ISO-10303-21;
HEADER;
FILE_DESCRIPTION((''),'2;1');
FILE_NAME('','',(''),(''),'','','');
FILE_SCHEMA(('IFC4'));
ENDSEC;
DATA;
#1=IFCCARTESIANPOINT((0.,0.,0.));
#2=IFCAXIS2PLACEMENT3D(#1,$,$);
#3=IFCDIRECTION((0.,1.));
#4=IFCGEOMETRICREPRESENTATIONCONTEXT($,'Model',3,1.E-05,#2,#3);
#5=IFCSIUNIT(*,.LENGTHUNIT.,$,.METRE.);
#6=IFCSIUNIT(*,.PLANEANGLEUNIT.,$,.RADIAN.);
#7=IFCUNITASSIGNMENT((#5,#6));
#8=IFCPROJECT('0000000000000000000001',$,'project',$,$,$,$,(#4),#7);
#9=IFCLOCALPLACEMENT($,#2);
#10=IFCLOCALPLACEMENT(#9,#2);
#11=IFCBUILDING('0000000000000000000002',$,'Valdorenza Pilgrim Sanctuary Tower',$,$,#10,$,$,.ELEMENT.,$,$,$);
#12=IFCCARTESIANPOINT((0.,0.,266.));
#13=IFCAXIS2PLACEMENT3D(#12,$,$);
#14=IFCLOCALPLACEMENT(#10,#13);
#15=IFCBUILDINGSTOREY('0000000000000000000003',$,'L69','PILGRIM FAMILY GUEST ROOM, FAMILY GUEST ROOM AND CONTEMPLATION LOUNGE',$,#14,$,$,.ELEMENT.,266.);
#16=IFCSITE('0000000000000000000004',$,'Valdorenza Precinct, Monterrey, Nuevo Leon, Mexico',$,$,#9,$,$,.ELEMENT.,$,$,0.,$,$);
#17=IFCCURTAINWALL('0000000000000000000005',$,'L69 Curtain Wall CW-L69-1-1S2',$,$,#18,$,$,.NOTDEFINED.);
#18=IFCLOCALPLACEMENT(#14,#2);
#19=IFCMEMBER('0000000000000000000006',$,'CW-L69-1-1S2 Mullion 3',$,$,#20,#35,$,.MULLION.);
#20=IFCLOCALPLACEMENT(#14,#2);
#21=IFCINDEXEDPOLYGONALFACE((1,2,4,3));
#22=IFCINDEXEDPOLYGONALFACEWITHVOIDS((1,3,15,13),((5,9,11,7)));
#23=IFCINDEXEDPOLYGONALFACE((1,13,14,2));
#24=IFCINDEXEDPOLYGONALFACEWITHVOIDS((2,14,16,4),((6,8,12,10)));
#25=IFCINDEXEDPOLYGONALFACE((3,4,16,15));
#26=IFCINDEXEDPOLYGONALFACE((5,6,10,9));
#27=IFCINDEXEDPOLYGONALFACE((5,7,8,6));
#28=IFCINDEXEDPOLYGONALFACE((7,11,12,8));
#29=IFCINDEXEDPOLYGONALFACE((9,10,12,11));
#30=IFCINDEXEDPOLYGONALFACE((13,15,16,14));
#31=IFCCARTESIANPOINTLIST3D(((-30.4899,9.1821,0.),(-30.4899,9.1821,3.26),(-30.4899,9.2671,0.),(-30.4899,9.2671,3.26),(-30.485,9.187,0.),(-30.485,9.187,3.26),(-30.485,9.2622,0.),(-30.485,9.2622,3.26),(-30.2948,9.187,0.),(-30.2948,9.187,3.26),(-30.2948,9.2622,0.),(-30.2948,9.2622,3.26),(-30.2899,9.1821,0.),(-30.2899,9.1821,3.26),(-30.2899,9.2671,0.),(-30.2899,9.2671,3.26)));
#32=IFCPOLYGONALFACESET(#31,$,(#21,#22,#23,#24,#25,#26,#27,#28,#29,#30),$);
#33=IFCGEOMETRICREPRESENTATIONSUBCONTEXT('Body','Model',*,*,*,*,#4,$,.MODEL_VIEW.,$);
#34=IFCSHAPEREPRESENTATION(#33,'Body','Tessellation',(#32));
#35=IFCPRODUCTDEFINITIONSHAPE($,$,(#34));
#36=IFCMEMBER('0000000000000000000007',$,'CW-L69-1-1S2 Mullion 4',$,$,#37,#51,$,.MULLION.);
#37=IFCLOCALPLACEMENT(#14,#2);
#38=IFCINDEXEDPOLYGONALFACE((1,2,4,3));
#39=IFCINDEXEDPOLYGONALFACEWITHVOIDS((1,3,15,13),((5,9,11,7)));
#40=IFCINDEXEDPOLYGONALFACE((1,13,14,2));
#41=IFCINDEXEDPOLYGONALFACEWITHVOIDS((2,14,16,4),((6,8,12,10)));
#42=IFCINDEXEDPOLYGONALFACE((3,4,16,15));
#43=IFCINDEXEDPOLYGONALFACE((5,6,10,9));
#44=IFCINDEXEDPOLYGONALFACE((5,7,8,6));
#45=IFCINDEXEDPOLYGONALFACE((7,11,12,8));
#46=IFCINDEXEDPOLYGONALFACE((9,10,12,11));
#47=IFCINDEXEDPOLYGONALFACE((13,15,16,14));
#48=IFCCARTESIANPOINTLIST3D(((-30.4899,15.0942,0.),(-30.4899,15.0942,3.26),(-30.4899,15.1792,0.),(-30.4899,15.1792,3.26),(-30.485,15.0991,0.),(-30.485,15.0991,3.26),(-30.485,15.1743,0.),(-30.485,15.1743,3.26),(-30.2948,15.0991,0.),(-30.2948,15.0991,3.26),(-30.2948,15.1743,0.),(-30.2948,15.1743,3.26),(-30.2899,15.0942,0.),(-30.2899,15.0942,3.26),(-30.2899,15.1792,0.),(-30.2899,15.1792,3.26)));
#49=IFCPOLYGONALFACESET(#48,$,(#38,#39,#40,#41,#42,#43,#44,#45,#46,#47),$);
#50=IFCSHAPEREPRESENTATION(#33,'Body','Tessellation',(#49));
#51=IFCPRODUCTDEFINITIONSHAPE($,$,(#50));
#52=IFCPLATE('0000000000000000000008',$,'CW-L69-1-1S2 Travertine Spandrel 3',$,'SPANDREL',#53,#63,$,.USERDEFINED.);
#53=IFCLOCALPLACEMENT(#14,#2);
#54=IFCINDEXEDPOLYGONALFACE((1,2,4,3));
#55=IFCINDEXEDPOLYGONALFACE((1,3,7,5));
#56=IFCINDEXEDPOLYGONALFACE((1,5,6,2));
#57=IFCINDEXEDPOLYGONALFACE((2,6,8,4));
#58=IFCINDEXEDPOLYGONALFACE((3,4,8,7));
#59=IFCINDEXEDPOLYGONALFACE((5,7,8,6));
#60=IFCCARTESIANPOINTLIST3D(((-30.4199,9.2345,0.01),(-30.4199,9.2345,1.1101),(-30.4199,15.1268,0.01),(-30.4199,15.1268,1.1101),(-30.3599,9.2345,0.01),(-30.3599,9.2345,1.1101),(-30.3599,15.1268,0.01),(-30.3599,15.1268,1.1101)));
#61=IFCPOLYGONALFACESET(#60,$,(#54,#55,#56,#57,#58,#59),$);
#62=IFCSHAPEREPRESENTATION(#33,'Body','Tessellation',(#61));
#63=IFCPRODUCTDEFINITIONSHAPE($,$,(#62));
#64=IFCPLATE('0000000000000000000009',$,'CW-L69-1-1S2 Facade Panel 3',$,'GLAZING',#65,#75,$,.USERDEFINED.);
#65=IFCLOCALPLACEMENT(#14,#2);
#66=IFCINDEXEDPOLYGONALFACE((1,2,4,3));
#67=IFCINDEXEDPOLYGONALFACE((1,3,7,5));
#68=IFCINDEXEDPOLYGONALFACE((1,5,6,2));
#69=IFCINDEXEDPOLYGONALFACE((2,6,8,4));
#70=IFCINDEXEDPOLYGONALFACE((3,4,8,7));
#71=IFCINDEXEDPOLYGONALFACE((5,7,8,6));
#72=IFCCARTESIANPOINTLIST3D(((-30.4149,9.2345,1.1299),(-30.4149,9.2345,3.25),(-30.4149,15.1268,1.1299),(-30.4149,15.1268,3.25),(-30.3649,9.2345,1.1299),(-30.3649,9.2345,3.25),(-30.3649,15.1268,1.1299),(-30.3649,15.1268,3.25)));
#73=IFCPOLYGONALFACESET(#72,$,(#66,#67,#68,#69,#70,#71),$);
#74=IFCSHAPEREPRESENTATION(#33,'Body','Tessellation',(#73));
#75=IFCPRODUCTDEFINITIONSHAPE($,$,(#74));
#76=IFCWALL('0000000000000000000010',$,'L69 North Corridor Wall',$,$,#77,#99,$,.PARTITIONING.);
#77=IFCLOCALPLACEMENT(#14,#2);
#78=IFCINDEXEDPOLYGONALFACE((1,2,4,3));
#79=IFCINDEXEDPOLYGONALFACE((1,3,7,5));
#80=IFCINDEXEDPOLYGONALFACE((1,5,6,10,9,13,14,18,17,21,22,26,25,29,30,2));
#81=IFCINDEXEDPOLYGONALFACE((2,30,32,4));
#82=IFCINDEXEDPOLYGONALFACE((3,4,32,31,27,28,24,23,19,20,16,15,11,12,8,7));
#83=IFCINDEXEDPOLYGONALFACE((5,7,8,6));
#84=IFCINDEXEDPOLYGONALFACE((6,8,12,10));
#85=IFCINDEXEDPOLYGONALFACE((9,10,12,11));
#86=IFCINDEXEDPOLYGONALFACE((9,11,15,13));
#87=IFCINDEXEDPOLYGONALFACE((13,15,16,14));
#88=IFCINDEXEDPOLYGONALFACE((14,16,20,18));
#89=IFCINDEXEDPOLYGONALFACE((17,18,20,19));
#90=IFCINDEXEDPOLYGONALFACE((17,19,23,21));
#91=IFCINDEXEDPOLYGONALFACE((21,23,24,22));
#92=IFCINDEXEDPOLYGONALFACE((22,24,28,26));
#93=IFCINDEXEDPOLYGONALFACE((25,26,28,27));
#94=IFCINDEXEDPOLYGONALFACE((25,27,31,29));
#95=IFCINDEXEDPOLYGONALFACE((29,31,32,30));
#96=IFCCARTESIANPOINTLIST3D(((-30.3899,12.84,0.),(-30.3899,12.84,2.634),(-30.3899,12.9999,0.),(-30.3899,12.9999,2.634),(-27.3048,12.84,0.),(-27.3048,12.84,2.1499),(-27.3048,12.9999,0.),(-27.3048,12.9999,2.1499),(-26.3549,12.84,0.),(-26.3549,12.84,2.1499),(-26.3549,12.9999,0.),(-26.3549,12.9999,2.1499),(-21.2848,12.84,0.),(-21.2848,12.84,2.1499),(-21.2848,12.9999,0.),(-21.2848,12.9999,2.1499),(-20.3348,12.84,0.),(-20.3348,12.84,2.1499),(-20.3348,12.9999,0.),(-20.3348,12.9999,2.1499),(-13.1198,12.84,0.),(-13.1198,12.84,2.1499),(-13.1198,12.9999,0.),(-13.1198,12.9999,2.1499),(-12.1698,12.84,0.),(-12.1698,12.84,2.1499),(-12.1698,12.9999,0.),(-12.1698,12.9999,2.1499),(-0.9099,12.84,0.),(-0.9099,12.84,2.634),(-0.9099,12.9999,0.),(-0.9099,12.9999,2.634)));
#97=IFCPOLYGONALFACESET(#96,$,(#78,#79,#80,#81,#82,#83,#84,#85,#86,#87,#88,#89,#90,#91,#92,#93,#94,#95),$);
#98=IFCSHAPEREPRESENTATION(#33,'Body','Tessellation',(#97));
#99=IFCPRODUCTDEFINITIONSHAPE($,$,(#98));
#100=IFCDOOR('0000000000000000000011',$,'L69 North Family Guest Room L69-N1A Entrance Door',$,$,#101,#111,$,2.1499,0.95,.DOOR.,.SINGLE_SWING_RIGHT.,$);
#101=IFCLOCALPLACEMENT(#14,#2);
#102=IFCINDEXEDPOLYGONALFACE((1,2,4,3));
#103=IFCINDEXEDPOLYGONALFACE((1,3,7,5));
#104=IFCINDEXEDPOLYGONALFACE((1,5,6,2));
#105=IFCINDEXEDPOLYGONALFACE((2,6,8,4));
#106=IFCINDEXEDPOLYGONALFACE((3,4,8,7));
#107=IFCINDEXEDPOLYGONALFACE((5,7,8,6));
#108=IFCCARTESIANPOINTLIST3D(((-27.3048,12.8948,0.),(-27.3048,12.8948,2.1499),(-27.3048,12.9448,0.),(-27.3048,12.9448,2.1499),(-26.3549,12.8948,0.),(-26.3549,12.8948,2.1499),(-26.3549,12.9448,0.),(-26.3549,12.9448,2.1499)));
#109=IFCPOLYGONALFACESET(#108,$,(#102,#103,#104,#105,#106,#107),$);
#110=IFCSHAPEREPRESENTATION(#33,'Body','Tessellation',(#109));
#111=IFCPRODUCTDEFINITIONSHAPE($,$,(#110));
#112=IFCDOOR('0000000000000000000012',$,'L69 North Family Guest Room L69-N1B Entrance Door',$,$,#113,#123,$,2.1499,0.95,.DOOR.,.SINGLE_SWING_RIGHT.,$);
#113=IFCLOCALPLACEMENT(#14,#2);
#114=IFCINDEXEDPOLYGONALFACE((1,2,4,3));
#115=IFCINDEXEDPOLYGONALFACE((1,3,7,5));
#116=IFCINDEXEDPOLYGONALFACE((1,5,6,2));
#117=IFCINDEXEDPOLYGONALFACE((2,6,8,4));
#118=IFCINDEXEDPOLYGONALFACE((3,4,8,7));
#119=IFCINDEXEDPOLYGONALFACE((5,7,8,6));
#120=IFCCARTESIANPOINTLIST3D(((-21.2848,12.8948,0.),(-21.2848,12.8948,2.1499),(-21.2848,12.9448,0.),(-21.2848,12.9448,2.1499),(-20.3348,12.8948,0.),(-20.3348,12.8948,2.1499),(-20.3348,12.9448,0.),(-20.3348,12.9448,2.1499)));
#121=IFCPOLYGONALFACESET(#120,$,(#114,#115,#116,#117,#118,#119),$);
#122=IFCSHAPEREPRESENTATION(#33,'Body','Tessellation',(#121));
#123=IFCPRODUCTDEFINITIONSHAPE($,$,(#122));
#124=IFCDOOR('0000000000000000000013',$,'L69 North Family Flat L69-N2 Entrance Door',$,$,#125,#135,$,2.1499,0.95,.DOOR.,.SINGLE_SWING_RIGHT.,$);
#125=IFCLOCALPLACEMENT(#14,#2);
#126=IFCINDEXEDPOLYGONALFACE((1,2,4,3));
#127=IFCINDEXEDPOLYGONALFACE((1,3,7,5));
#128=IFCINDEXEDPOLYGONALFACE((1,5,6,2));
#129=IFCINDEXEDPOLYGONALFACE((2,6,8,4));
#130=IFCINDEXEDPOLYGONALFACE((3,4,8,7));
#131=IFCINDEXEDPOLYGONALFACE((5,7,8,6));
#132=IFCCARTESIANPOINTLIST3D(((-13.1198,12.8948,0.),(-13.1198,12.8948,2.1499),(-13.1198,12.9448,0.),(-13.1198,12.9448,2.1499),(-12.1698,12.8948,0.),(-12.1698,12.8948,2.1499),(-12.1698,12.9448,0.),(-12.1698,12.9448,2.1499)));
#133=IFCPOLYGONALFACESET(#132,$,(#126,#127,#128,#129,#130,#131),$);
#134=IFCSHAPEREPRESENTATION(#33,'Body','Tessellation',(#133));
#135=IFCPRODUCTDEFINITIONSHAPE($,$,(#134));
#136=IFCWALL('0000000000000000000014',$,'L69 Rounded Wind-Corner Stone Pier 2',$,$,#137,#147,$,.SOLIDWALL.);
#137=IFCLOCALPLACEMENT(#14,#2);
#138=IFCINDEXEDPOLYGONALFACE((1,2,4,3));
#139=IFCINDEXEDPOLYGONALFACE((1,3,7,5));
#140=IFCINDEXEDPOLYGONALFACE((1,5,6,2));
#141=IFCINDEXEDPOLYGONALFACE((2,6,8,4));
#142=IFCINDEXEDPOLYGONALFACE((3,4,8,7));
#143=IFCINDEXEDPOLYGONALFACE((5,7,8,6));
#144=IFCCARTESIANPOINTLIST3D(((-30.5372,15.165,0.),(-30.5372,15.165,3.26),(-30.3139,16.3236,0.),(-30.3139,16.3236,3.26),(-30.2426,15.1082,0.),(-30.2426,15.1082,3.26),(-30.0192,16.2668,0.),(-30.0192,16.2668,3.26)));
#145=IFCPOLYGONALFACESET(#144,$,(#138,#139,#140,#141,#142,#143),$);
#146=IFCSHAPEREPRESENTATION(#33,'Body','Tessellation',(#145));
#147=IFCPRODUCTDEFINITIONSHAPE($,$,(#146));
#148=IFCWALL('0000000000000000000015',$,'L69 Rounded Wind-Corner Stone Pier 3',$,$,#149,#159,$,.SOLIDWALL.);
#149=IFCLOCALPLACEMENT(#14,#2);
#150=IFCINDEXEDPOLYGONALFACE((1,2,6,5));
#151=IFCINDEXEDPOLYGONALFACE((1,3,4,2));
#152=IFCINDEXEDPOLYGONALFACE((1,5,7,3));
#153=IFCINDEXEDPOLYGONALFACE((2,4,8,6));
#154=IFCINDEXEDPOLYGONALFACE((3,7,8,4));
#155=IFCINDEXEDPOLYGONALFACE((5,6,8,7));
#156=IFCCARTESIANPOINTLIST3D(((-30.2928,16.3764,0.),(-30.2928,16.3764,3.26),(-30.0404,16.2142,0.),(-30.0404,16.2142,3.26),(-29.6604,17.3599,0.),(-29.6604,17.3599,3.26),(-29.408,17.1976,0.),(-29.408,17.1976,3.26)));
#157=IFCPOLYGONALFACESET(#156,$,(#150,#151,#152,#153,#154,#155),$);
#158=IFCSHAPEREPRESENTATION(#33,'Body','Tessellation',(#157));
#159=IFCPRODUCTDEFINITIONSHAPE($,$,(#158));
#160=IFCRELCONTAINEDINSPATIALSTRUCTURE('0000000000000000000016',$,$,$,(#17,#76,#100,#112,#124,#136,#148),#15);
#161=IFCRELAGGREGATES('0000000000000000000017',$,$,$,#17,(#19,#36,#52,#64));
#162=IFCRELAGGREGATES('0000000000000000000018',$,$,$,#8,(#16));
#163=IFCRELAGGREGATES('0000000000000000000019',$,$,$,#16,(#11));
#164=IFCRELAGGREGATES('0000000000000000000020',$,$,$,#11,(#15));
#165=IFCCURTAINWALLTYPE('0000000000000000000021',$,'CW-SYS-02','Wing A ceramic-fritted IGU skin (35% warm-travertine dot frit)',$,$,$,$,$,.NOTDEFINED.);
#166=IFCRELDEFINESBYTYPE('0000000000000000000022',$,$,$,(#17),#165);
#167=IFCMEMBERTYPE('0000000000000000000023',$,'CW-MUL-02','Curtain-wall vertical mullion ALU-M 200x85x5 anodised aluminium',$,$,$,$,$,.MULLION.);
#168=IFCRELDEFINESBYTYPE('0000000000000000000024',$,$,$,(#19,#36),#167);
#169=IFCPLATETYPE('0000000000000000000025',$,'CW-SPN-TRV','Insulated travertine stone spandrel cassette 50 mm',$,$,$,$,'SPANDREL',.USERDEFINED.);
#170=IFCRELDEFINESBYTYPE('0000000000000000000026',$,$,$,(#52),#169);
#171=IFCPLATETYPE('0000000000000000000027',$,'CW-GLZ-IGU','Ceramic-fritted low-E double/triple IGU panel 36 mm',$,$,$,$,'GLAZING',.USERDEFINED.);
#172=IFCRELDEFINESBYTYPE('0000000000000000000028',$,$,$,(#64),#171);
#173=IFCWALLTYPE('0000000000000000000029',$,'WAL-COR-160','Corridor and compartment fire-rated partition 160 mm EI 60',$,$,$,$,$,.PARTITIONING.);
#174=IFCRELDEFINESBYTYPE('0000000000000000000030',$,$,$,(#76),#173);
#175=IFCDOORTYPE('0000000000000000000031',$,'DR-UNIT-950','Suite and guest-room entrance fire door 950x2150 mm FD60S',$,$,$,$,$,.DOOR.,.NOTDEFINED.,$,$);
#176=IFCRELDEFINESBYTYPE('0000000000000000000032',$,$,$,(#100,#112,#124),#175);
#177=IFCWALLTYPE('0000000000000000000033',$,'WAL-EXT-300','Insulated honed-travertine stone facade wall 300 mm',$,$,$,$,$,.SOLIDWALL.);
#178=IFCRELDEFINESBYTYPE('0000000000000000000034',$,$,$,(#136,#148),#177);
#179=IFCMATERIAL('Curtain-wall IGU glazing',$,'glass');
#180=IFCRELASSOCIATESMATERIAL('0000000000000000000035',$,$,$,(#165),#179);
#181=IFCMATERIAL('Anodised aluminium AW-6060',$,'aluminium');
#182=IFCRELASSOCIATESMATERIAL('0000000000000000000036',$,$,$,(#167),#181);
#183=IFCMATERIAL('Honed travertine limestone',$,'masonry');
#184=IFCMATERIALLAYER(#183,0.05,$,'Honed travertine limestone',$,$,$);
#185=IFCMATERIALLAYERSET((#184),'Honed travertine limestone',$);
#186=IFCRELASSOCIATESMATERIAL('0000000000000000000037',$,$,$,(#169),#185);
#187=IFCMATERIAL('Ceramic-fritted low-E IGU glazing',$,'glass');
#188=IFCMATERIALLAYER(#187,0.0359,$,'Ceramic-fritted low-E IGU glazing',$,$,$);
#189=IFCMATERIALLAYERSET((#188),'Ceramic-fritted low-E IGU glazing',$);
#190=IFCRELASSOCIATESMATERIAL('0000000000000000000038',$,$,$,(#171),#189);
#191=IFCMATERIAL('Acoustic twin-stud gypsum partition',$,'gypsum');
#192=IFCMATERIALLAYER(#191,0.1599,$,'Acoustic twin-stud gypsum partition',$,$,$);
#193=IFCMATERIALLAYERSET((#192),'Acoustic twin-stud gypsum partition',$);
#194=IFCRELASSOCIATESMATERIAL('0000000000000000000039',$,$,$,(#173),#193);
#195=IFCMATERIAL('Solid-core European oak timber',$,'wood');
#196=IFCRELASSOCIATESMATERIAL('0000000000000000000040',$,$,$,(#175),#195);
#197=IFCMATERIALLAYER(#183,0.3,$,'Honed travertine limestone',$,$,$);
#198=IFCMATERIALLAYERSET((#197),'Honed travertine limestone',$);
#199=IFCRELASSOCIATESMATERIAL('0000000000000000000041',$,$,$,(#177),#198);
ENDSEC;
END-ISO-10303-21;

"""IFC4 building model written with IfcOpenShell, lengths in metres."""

from ifc_helpers import new_model, si_unit, direction, frame, frame_2d, origin, origin_2d, place, context, subcontext, project, spatial, rectangle, hollow_rectangle, extrude, source, transform, mapped, material, layer, layer_set, material_profile, profile_set, type_object, element, fill, aggregate, save


model = new_model("IFC4")

# Units and contexts
model_context = context("Model", 3, precision=1e-05, world=origin(), true_north=direction((0.0, 1.0)))
body_context = subcontext(model_context, "Body", "Model", "MODEL_VIEW")
ifc_project = project(units=[si_unit("LENGTHUNIT", "METRE"), si_unit("PLANEANGLEUNIT", "RADIAN")], contexts=[model_context])

# Site, building, storey
site_placement = place(None, origin())
site = spatial("IfcSite", under=ifc_project, at=site_placement, Name="Valdorenza Precinct, Monterrey, Nuevo Leon, Mexico", CompositionType="ELEMENT", RefElevation=0.0)
building_placement = place(site_placement, origin())
building = spatial("IfcBuilding", under=site, at=building_placement, Name="Valdorenza Pilgrim Sanctuary Tower", CompositionType="ELEMENT")
storey_placement = place(building_placement, frame((0.0, 0.0, 266.0)))
storey = spatial("IfcBuildingStorey", under=building, at=storey_placement, Name="L69", Description="PILGRIM FAMILY GUEST ROOM, FAMILY GUEST ROOM AND CONTEMPLATION LOUNGE", CompositionType="ELEMENT", Elevation=266.0)

# Curtain wall, members, plates
ifc_material_1 = material(Name="Curtain-wall IGU glazing", Category="glass")
curtain_wall_type = type_object("IfcCurtainWallType", Name="CW-SYS-02", Description="Wing A ceramic-fritted IGU skin (35% warm-travertine dot frit)", PredefinedType="NOTDEFINED", material=ifc_material_1)
curtain_wall_placement = place(storey_placement, origin())
curtain_wall = element("IfcCurtainWall", 1, at=curtain_wall_placement, inside=storey, type_object=curtain_wall_type, Name="L69 Curtain Wall CW-L69-1-1S2", PredefinedType="NOTDEFINED")
ifc_material_2 = material(Name="Anodised aluminium AW-6060", Category="aluminium")
ifc_material_profile_1 = material_profile(ifc_material_2, hollow_rectangle(XDim=0.085, YDim=0.2, WallThickness=0.0049, at=origin_2d()), Name="ALU-M 200x85x5")
ifc_profile_set_1 = profile_set([ifc_material_profile_1], Name="Anodised aluminium AW-6060")
member_type = type_object("IfcMemberType", Name="CW-MUL-02", Description="Curtain-wall vertical mullion ALU-M 200x85x5 anodised aluminium", PredefinedType="MULLION", material=ifc_profile_set_1)
shared_shape_1 = source(origin(), body_context, "Body", "SweptSolid", [
    extrude(hollow_rectangle(XDim=0.085, YDim=0.2, WallThickness=0.0049, at=origin_2d()), origin(), (0.0, 0.0, 1.0), 3.26),
])
member_1_placement = place(storey_placement, frame((-30.3899, 9.2246, 0.0), z_axis=(0.0, 0.0, 1.0), x_axis=(0.0, 1.0, 0.0)))
member_1 = element("IfcMember", 2, at=member_1_placement, type_object=member_type, Name="CW-L69-1-1S2 Mullion 3", PredefinedType="MULLION", context=body_context, shape_type="MappedRepresentation", body=[
    mapped(shared_shape_1, transform((0.0, 0.0, 0.0), x_axis=(1.0, 0.0, 0.0), y_axis=(0.0, 1.0, 0.0), z_axis=(0.0, 0.0, 1.0), scale=1.0)),
])
member_2_placement = place(storey_placement, frame((-30.3899, 15.1367, 0.0), z_axis=(0.0, 0.0, 1.0), x_axis=(0.0, 1.0, 0.0)))
member_2 = element("IfcMember", 3, at=member_2_placement, type_object=member_type, Name="CW-L69-1-1S2 Mullion 4", PredefinedType="MULLION", context=body_context, shape_type="MappedRepresentation", body=[
    mapped(shared_shape_1, transform((0.0, 0.0, 0.0), x_axis=(1.0, 0.0, 0.0), y_axis=(0.0, 1.0, 0.0), z_axis=(0.0, 0.0, 1.0), scale=1.0)),
])
ifc_material_3 = material(Name="Honed travertine limestone", Category="masonry")
ifc_layer_1 = layer(ifc_material_3, 0.05, Name="Honed travertine limestone")
ifc_layer_set_1 = layer_set([ifc_layer_1], Name="Honed travertine limestone")
plate_type_1 = type_object("IfcPlateType", Name="CW-SPN-TRV", Description="Insulated travertine stone spandrel cassette 50 mm", ElementType="SPANDREL", PredefinedType="USERDEFINED", material=ifc_layer_set_1)
shared_shape_2 = source(origin(), body_context, "Body", "SweptSolid", [
    extrude(rectangle(XDim=5.8923, YDim=0.0601, at=origin_2d()), origin(), (0.0, 0.0, 1.0), 1.1001),
])
plate_1_placement = place(storey_placement, frame((-30.3899, 12.1807, 0.01), z_axis=(0.0, 0.0, 1.0), x_axis=(0.0, 1.0, 0.0)))
plate_1 = element("IfcPlate", 4, at=plate_1_placement, type_object=plate_type_1, Name="CW-L69-1-1S2 Travertine Spandrel 3", ObjectType="SPANDREL", PredefinedType="USERDEFINED", context=body_context, shape_type="MappedRepresentation", body=[
    mapped(shared_shape_2, transform((0.0, 0.0, 0.0), x_axis=(1.0, 0.0, 0.0), y_axis=(0.0, 1.0, 0.0), z_axis=(0.0, 0.0, 1.0), scale=1.0)),
])
ifc_material_4 = material(Name="Ceramic-fritted low-E IGU glazing", Category="glass")
ifc_layer_2 = layer(ifc_material_4, 0.0359, Name="Ceramic-fritted low-E IGU glazing")
ifc_layer_set_2 = layer_set([ifc_layer_2], Name="Ceramic-fritted low-E IGU glazing")
plate_type_2 = type_object("IfcPlateType", Name="CW-GLZ-IGU", Description="Ceramic-fritted low-E double/triple IGU panel 36 mm", ElementType="GLAZING", PredefinedType="USERDEFINED", material=ifc_layer_set_2)
shared_shape_3 = source(origin(), body_context, "Body", "SweptSolid", [
    extrude(rectangle(XDim=5.8923, YDim=0.05, at=origin_2d()), origin(), (0.0, 0.0, 1.0), 2.1201),
])
plate_2_placement = place(storey_placement, frame((-30.3899, 12.1807, 1.1299), z_axis=(0.0, 0.0, 1.0), x_axis=(0.0, 1.0, 0.0)))
plate_2 = element("IfcPlate", 5, at=plate_2_placement, type_object=plate_type_2, Name="CW-L69-1-1S2 Facade Panel 3", ObjectType="GLAZING", PredefinedType="USERDEFINED", context=body_context, shape_type="MappedRepresentation", body=[
    mapped(shared_shape_3, transform((0.0, 0.0, 0.0), x_axis=(1.0, 0.0, 0.0), y_axis=(0.0, 1.0, 0.0), z_axis=(0.0, 0.0, 1.0), scale=1.0)),
])
aggregate(curtain_wall, [member_1, member_2, plate_1, plate_2])

# Wall, openings, doors
ifc_material_5 = material(Name="Acoustic twin-stud gypsum partition", Category="gypsum")
ifc_layer_3 = layer(ifc_material_5, 0.1599, Name="Acoustic twin-stud gypsum partition")
ifc_layer_set_3 = layer_set([ifc_layer_3], Name="Acoustic twin-stud gypsum partition")
wall_type_1 = type_object("IfcWallType", Name="WAL-COR-160", Description="Corridor and compartment fire-rated partition 160 mm EI 60", PredefinedType="PARTITIONING", material=ifc_layer_set_3)
wall_1_placement = place(storey_placement, frame((-30.3899, 12.9199, 0.0), z_axis=(0.0, 0.0, 1.0), x_axis=(1.0, 0.0, 0.0)))
wall_1 = element("IfcWall", 6, at=wall_1_placement, inside=storey, type_object=wall_type_1, Name="L69 North Corridor Wall", PredefinedType="PARTITIONING", context=body_context, shape_type="SweptSolid", body=[
    extrude(rectangle(XDim=29.48, YDim=0.1599, at=frame_2d((14.74, 0.0))), origin(), (0.0, 0.0, 1.0), 2.634),
])
opening_1_placement = place(wall_1_placement, frame((3.085, 0.0, 0.0)))
opening_1 = element("IfcOpeningElement", 7, at=opening_1_placement, cuts=wall_1, PredefinedType="OPENING", context=body_context, shape_type="SweptSolid", body=[
    extrude(rectangle(XDim=0.95, YDim=2.1499, at=frame_2d((0.4751, 1.075))), frame((0.0, 0.0947, 0.0), z_axis=(0.0, -1.0, 0.0), x_axis=(1.0, 0.0, 0.0)), (0.0, 0.0, 1.0), 0.1897),
])
opening_2_placement = place(wall_1_placement, frame((9.105, 0.0, 0.0)))
opening_2 = element("IfcOpeningElement", 8, at=opening_2_placement, cuts=wall_1, PredefinedType="OPENING", context=body_context, shape_type="SweptSolid", body=[
    extrude(rectangle(XDim=0.95, YDim=2.1499, at=frame_2d((0.4751, 1.075))), frame((0.0, 0.0947, 0.0), z_axis=(0.0, -1.0, 0.0), x_axis=(1.0, 0.0, 0.0)), (0.0, 0.0, 1.0), 0.1897),
])
opening_3_placement = place(wall_1_placement, frame((17.27, 0.0, 0.0)))
opening_3 = element("IfcOpeningElement", 9, at=opening_3_placement, cuts=wall_1, PredefinedType="OPENING", context=body_context, shape_type="SweptSolid", body=[
    extrude(rectangle(XDim=0.95, YDim=2.1499, at=frame_2d((0.4751, 1.075))), frame((0.0, 0.0947, 0.0), z_axis=(0.0, -1.0, 0.0), x_axis=(1.0, 0.0, 0.0)), (0.0, 0.0, 1.0), 0.1897),
])
ifc_material_6 = material(Name="Solid-core European oak timber", Category="wood")
door_type = type_object("IfcDoorType", Name="DR-UNIT-950", Description="Suite and guest-room entrance fire door 950x2150 mm FD60S", OperationType="NOTDEFINED", PredefinedType="DOOR", material=ifc_material_6)
door_1_placement = place(opening_1_placement, origin())
door_1 = element("IfcDoor", 10, at=door_1_placement, inside=storey, type_object=door_type, Name="L69 North Family Guest Room L69-N1A Entrance Door", OperationType="SINGLE_SWING_RIGHT", OverallHeight=2.1499, OverallWidth=0.95, PredefinedType="DOOR", context=body_context, shape_type="SweptSolid", body=[
    extrude(rectangle(XDim=0.95, YDim=2.1499, at=frame_2d((0.4751, 1.075))), frame((0.0, 0.0249, 0.0), z_axis=(0.0, -1.0, 0.0), x_axis=(1.0, 0.0, 0.0)), (0.0, 0.0, 1.0), 0.05),
])
fill(opening_1, door_1)
door_2_placement = place(opening_2_placement, origin())
door_2 = element("IfcDoor", 11, at=door_2_placement, inside=storey, type_object=door_type, Name="L69 North Family Guest Room L69-N1B Entrance Door", OperationType="SINGLE_SWING_RIGHT", OverallHeight=2.1499, OverallWidth=0.95, PredefinedType="DOOR", context=body_context, shape_type="SweptSolid", body=[
    extrude(rectangle(XDim=0.95, YDim=2.1499, at=frame_2d((0.4751, 1.075))), frame((0.0, 0.0249, 0.0), z_axis=(0.0, -1.0, 0.0), x_axis=(1.0, 0.0, 0.0)), (0.0, 0.0, 1.0), 0.05),
])
fill(opening_2, door_2)
door_3_placement = place(opening_3_placement, origin())
door_3 = element("IfcDoor", 12, at=door_3_placement, inside=storey, type_object=door_type, Name="L69 North Family Flat L69-N2 Entrance Door", OperationType="SINGLE_SWING_RIGHT", OverallHeight=2.1499, OverallWidth=0.95, PredefinedType="DOOR", context=body_context, shape_type="SweptSolid", body=[
    extrude(rectangle(XDim=0.95, YDim=2.1499, at=frame_2d((0.4751, 1.075))), frame((0.0, 0.0249, 0.0), z_axis=(0.0, -1.0, 0.0), x_axis=(1.0, 0.0, 0.0)), (0.0, 0.0, 1.0), 0.05),
])
fill(opening_3, door_3)

# Walls
ifc_layer_4 = layer(ifc_material_3, 0.3, Name="Honed travertine limestone")
ifc_layer_set_4 = layer_set([ifc_layer_4], Name="Honed travertine limestone")
wall_type_2 = type_object("IfcWallType", Name="WAL-EXT-300", Description="Insulated honed-travertine stone facade wall 300 mm", PredefinedType="SOLIDWALL", material=ifc_layer_set_4)
wall_2_placement = place(storey_placement, frame((-30.3899, 15.1367, 0.0), z_axis=(0.0, 0.0, 1.0), x_axis=(0.189308, 0.981918, 0.0)))
element("IfcWall", 13, at=wall_2_placement, inside=storey, type_object=wall_type_2, Name="L69 Rounded Wind-Corner Stone Pier 2", PredefinedType="SOLIDWALL", context=body_context, shape_type="SweptSolid", body=[
    extrude(rectangle(XDim=1.1799, YDim=0.3, at=frame_2d((0.5898, 0.0))), origin(), (0.0, 0.0, 1.0), 3.26),
])
wall_3_placement = place(storey_placement, frame((-30.1665, 16.2954, 0.0), z_axis=(0.0, 0.0, 1.0), x_axis=(0.540842, 0.841124, 0.0)))
element("IfcWall", 14, at=wall_3_placement, inside=storey, type_object=wall_type_2, Name="L69 Rounded Wind-Corner Stone Pier 3", PredefinedType="SOLIDWALL", context=body_context, shape_type="SweptSolid", body=[
    extrude(rectangle(XDim=1.1692, YDim=0.3, at=frame_2d((0.5845, 0.0))), origin(), (0.0, 0.0, 1.0), 3.26),
])

save(model, "model.ifc")
